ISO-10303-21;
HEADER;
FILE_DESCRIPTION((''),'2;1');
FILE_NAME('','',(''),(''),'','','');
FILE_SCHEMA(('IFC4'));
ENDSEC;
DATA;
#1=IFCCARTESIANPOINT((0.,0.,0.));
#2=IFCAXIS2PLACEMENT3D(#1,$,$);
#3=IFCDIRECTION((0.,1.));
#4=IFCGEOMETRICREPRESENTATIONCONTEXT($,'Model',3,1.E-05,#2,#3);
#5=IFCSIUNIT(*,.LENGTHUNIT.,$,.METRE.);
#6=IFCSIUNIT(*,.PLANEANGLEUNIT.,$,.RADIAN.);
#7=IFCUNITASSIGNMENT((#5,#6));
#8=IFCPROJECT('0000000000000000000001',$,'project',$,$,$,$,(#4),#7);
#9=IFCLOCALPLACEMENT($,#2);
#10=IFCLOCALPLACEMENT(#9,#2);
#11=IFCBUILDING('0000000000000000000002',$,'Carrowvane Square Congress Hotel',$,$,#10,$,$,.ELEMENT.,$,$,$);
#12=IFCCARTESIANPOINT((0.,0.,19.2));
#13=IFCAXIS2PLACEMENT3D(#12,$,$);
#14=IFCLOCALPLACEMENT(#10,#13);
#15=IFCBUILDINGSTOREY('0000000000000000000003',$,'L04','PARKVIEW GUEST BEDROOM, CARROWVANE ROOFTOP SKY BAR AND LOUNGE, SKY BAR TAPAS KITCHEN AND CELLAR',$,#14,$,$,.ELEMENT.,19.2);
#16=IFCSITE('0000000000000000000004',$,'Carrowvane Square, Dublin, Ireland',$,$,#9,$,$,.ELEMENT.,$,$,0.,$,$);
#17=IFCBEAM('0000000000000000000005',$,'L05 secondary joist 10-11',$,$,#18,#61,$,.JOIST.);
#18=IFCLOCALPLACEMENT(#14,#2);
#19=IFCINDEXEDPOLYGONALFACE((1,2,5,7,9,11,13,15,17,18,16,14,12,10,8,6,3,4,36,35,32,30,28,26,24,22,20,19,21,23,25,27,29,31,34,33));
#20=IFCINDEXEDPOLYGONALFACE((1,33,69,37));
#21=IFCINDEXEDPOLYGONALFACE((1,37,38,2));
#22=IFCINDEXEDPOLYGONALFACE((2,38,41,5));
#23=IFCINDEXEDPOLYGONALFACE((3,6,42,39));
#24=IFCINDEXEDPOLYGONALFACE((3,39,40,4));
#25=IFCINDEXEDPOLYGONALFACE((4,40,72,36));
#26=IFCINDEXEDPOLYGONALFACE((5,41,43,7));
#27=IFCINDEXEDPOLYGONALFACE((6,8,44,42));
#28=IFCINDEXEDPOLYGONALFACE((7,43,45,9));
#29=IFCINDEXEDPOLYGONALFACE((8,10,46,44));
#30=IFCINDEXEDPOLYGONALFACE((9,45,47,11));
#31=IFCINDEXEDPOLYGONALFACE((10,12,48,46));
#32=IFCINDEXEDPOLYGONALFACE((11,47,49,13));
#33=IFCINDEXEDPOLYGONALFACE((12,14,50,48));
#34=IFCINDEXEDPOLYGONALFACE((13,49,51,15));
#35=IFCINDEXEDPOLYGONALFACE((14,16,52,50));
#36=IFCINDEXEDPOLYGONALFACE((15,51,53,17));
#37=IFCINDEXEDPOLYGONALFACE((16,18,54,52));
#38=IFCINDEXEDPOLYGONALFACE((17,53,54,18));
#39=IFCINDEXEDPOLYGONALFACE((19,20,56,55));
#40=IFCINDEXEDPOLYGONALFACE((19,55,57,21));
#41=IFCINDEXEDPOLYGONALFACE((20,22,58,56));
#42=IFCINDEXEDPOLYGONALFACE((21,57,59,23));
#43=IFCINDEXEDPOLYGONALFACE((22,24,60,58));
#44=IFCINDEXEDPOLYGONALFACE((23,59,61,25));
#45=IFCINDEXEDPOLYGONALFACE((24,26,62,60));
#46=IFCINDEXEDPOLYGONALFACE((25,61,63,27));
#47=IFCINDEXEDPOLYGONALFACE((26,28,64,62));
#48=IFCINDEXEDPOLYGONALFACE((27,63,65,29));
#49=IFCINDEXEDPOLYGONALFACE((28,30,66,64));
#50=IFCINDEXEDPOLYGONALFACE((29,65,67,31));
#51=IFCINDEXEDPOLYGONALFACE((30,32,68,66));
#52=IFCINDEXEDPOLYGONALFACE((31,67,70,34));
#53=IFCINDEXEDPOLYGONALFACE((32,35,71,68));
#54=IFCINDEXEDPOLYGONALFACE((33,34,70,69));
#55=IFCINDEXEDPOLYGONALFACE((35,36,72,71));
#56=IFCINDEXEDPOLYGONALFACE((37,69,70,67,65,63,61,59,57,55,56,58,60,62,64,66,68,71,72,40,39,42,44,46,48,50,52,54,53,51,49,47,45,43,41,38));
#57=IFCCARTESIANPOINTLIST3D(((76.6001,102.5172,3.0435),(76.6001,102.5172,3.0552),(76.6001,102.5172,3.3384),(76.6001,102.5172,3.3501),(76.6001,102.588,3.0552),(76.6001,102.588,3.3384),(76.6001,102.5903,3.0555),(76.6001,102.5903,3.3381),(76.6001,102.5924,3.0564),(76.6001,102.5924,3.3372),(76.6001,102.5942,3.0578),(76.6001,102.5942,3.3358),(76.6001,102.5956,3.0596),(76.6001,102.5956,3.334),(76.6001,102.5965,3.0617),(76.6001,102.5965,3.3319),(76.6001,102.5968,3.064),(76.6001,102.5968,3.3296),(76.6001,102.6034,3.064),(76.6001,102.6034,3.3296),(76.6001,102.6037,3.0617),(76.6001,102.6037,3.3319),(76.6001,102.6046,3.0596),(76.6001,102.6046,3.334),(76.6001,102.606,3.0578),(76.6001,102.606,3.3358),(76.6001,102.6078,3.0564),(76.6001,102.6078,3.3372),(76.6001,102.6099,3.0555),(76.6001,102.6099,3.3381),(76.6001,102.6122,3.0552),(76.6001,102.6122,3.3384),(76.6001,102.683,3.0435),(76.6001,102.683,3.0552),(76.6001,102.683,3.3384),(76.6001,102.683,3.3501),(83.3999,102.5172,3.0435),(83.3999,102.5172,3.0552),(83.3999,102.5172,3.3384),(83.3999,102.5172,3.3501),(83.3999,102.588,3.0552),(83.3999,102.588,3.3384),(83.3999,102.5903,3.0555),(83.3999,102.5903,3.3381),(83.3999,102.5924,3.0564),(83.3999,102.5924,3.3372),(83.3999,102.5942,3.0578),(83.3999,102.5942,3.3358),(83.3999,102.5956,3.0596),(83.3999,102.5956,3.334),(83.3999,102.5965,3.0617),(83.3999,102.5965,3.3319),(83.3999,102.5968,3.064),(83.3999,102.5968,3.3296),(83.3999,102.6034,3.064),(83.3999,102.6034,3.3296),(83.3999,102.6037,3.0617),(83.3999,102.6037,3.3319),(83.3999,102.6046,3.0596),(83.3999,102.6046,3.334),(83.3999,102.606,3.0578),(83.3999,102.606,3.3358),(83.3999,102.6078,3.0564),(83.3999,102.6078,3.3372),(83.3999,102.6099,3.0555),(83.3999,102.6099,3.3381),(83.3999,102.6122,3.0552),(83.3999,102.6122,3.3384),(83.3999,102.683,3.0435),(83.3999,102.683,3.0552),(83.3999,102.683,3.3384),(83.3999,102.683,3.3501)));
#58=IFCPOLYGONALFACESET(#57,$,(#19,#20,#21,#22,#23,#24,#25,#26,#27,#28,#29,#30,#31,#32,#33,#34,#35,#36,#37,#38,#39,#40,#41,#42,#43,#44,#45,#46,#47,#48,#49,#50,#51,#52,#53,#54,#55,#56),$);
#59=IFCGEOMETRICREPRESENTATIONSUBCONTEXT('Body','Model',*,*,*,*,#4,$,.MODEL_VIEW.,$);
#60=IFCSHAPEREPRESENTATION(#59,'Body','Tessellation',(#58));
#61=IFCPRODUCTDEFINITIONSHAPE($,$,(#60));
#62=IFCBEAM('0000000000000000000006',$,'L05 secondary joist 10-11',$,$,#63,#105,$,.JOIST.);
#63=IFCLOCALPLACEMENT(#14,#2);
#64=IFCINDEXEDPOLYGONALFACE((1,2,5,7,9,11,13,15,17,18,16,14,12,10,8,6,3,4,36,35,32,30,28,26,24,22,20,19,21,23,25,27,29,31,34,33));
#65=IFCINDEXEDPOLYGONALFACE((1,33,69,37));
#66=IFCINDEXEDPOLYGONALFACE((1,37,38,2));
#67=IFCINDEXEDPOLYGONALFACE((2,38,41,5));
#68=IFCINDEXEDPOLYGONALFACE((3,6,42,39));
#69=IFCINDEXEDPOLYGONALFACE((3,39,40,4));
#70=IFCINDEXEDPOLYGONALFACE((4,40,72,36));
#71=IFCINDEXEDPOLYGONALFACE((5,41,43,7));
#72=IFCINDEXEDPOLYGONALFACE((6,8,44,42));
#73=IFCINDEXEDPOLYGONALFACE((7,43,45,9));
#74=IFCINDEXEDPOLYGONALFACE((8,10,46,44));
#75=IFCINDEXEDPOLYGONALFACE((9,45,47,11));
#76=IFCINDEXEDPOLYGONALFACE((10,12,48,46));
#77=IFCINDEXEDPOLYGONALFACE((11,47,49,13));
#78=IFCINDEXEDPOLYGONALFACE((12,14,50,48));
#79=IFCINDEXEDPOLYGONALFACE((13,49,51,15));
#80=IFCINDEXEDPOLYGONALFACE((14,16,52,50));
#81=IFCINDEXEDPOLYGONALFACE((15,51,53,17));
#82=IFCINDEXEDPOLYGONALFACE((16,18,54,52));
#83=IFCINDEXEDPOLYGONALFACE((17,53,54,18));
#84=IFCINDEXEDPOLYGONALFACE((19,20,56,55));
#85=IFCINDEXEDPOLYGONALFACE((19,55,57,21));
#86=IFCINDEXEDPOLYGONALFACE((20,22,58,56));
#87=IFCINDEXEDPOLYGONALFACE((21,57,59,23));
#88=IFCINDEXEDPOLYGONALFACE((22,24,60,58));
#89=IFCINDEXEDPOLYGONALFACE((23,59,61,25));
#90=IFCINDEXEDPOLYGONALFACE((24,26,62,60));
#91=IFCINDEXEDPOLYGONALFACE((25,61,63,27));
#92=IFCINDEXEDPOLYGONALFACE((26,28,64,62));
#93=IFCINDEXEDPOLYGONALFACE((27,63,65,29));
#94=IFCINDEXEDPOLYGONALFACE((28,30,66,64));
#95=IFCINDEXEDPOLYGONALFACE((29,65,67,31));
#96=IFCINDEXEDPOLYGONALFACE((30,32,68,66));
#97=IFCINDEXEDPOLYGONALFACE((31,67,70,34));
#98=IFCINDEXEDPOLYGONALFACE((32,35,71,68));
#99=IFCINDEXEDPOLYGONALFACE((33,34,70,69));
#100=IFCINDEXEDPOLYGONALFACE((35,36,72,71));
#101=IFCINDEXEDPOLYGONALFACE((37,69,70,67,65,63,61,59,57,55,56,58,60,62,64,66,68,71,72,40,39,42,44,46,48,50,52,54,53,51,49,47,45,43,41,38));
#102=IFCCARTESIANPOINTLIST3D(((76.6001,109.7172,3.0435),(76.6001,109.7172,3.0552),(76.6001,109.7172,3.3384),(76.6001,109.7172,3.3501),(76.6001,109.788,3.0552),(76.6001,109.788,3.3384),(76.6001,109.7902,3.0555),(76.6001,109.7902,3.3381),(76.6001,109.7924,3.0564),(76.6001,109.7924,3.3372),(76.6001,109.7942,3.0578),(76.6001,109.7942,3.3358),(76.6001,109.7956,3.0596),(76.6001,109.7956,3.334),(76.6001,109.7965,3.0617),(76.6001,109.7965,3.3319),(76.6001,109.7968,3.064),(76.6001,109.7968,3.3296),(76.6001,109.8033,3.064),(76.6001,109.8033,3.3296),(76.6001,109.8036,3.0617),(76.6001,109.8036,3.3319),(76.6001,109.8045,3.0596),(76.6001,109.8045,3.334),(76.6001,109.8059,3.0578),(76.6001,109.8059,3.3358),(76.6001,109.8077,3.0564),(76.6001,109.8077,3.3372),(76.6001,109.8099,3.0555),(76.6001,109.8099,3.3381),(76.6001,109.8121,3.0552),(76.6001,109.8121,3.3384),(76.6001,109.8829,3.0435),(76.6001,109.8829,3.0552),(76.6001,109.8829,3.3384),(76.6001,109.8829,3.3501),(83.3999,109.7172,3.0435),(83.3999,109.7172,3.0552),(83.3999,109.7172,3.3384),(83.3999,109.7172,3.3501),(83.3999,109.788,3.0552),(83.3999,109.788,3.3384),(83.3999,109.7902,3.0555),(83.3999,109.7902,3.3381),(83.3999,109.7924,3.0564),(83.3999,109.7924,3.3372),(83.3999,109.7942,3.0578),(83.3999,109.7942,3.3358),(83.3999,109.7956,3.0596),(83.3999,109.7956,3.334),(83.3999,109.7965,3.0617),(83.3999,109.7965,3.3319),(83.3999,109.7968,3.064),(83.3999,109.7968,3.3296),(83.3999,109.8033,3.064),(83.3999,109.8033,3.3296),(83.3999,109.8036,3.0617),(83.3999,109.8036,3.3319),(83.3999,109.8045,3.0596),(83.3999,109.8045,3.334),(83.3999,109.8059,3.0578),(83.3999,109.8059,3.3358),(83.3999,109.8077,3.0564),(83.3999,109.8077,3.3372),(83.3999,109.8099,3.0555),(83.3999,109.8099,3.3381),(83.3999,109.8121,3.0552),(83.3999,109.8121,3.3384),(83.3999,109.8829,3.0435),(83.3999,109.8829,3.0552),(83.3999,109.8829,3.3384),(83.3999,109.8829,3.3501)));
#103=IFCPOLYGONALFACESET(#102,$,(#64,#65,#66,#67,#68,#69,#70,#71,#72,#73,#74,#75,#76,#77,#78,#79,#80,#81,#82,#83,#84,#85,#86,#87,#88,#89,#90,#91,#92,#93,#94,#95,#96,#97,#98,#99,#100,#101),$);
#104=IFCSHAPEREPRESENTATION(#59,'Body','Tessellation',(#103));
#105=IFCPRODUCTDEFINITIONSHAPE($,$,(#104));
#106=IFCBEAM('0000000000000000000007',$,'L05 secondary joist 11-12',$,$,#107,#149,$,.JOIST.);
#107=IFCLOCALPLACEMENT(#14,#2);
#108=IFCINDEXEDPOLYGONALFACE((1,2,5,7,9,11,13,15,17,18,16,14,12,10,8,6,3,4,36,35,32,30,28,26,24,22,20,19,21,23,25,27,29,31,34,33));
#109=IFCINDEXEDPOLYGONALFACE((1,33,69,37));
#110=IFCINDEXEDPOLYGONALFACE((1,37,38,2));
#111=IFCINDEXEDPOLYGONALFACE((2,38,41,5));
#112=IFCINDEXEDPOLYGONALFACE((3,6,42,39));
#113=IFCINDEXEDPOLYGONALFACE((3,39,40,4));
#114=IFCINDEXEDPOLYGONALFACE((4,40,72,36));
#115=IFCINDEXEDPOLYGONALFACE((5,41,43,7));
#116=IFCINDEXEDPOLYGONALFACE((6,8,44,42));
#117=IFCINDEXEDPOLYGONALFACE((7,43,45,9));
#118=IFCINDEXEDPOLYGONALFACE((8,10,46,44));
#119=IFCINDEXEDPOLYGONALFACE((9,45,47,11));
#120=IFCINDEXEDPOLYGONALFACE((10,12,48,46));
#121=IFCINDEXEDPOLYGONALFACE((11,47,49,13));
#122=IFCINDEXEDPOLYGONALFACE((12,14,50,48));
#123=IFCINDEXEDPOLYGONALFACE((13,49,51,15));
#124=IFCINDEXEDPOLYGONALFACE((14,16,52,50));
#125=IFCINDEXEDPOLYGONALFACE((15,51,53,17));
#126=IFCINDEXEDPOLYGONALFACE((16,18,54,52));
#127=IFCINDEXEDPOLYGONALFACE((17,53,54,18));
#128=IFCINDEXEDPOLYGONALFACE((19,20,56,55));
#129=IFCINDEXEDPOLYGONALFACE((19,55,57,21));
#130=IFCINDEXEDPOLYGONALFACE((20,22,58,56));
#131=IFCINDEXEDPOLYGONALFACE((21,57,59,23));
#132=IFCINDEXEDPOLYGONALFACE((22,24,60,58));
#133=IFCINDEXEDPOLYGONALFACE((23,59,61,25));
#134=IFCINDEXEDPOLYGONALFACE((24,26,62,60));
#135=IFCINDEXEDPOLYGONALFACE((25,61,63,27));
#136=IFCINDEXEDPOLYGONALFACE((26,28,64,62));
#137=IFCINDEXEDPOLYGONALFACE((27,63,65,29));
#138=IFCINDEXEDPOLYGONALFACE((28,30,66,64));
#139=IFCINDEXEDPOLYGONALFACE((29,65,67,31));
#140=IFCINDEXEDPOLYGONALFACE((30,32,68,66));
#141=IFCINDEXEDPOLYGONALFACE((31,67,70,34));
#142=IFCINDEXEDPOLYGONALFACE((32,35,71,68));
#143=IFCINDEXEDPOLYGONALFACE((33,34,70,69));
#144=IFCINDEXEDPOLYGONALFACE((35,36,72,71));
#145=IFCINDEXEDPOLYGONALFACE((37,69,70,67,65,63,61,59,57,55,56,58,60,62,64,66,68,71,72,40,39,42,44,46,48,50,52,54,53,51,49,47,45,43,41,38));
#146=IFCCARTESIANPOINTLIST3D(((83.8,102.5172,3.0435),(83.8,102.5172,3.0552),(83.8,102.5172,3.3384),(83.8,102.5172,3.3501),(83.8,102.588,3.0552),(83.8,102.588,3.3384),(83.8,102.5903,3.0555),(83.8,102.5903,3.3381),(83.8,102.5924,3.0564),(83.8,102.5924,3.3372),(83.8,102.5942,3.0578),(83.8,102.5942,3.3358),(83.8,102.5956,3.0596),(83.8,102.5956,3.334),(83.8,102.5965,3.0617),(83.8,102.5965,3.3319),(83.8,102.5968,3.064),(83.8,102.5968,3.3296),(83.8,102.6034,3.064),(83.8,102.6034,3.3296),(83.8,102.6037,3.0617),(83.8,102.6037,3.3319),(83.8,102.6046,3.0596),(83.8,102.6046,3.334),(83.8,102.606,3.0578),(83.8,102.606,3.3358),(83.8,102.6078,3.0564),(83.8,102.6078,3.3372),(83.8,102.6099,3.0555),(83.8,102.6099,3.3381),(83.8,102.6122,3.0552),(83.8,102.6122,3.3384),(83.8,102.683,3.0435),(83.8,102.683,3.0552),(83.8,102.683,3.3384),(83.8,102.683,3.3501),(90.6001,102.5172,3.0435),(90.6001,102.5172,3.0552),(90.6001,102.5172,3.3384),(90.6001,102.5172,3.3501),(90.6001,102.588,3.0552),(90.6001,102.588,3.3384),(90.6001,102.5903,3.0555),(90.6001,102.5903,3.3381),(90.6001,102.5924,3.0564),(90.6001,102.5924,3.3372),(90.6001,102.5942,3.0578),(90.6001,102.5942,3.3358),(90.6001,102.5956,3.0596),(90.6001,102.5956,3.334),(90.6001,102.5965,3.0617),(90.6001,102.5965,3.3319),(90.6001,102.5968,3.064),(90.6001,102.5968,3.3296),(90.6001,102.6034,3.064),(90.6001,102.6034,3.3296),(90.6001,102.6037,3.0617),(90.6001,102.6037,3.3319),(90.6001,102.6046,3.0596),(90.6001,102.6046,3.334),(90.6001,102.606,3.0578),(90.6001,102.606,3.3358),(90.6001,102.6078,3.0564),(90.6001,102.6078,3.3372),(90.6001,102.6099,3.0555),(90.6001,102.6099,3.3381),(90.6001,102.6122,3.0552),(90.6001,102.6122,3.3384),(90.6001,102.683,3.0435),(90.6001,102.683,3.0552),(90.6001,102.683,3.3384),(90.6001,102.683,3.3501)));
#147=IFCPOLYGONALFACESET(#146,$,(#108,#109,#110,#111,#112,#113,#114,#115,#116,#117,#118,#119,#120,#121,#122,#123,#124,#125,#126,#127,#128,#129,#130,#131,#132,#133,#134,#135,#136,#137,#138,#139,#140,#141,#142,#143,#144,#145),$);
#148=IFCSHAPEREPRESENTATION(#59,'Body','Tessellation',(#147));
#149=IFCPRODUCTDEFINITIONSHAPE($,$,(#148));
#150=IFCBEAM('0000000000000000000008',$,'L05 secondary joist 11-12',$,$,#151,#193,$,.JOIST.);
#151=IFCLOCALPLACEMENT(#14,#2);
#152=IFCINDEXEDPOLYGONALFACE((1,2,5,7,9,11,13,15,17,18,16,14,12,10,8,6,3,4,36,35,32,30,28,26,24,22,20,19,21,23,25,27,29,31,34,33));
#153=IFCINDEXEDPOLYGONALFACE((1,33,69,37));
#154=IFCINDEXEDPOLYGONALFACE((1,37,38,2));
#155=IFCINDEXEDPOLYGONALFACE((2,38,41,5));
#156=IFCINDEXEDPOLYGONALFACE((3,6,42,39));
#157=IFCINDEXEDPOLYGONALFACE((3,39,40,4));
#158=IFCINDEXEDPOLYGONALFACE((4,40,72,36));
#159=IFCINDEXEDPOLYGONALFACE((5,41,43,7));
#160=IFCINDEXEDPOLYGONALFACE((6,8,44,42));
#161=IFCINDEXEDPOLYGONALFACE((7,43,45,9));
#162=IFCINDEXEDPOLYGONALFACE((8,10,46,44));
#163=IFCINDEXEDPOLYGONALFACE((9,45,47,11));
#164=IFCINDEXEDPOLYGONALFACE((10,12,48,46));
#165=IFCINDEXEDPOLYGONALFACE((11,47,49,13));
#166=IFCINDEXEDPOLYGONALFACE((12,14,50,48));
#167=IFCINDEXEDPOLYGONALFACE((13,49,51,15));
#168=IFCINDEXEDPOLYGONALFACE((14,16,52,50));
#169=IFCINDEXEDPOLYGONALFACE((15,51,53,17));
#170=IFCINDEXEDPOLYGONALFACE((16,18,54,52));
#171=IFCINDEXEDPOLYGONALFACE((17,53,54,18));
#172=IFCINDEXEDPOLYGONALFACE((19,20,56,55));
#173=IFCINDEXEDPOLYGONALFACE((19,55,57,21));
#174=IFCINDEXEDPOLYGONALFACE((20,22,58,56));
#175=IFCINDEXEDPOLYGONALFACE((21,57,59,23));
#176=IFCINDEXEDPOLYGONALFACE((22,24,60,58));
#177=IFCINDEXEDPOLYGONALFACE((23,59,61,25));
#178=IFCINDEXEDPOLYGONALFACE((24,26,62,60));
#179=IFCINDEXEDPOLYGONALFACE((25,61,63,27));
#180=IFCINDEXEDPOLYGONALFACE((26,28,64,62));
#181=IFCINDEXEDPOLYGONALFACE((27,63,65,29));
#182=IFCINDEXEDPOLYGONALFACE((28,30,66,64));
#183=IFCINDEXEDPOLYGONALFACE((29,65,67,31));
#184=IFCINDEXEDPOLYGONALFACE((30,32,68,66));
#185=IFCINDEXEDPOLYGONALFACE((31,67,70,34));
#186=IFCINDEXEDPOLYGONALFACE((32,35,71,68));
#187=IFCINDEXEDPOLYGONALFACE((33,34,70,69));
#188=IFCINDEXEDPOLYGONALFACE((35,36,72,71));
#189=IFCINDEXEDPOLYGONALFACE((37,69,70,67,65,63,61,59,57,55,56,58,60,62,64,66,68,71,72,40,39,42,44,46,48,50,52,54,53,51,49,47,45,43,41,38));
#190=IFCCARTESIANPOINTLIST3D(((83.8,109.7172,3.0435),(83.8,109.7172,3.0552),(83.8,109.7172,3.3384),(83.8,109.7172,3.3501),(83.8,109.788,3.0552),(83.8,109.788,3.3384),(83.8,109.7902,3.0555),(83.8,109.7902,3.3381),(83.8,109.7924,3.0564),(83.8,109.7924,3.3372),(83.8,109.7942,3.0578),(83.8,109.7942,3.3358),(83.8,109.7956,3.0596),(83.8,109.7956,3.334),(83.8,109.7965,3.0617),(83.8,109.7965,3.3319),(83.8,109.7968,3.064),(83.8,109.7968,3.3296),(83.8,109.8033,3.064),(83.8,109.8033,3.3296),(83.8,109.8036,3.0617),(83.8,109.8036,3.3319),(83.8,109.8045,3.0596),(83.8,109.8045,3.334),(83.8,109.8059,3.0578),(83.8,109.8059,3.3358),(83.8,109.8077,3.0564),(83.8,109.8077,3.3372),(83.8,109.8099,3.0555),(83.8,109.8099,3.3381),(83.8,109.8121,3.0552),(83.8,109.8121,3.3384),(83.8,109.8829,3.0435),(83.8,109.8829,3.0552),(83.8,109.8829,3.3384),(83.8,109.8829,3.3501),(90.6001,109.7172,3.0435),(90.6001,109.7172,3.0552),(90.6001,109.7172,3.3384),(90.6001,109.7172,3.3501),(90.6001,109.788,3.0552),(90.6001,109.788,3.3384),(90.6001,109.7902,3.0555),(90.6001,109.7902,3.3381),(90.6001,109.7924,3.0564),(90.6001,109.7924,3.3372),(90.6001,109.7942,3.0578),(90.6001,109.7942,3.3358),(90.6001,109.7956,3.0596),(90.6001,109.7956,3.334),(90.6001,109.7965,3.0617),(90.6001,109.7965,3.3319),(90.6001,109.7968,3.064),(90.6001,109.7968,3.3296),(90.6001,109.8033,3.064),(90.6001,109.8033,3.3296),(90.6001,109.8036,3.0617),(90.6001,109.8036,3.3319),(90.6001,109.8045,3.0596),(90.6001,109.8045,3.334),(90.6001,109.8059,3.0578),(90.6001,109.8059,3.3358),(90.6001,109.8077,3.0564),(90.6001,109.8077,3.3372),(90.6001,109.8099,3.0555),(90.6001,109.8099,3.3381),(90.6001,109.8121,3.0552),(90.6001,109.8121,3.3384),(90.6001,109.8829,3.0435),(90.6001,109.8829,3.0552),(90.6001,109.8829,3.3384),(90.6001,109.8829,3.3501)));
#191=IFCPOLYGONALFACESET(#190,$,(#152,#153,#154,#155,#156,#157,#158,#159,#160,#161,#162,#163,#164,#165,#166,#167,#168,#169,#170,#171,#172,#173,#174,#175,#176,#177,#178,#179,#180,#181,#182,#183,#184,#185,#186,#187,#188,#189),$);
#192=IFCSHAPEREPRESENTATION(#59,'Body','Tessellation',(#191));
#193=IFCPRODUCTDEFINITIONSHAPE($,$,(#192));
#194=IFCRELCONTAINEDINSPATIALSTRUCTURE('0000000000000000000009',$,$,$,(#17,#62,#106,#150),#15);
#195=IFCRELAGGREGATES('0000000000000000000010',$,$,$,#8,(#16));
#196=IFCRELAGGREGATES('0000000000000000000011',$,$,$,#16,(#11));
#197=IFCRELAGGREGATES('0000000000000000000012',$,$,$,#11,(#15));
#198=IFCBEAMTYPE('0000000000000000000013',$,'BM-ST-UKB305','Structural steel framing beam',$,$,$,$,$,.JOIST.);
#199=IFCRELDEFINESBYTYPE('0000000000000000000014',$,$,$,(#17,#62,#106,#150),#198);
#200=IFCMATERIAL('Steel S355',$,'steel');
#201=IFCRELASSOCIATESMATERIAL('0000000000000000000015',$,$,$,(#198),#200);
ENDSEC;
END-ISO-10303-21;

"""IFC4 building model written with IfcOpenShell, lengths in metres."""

from ifc_helpers import new_model, si_unit, direction, frame, origin, origin_2d, place, context, subcontext, project, spatial, i_section, extrude, material, material_profile, profile_set, type_object, element, save


model = new_model("IFC4")

# Units and contexts
model_context = context("Model", 3, precision=1e-05, world=origin(), true_north=direction((0.0, 1.0)))
body_context = subcontext(model_context, "Body", "Model", "MODEL_VIEW")
ifc_project = project(units=[si_unit("LENGTHUNIT", "METRE"), si_unit("PLANEANGLEUNIT", "RADIAN")], contexts=[model_context])

# Site, building, storey
site_placement = place(None, origin())
site = spatial("IfcSite", under=ifc_project, at=site_placement, Name="Carrowvane Square, Dublin, Ireland", CompositionType="ELEMENT", RefElevation=0.0)
building_placement = place(site_placement, origin())
building = spatial("IfcBuilding", under=site, at=building_placement, Name="Carrowvane Square Congress Hotel", CompositionType="ELEMENT")
storey_placement = place(building_placement, frame((0.0, 0.0, 19.2)))
storey = spatial("IfcBuildingStorey", under=building, at=storey_placement, Name="L04", Description="PARKVIEW GUEST BEDROOM, CARROWVANE ROOFTOP SKY BAR AND LOUNGE, SKY BAR TAPAS KITCHEN AND CELLAR", CompositionType="ELEMENT", Elevation=19.2)

# Beams
ifc_material_1 = material(Name="Steel S355", Category="steel")
ifc_material_profile_1 = material_profile(ifc_material_1, i_section(OverallWidth=0.1658, OverallDepth=0.3066, WebThickness=0.0066, FlangeThickness=0.0117, FilletRadius=0.0088, at=origin_2d()), Name="UKB 305x165x46")
ifc_profile_set_1 = profile_set([ifc_material_profile_1], Name="Steel S355")
beam_type_1 = type_object("IfcBeamType", Name="BM-ST-UKB305", Description="Structural steel framing beam", PredefinedType="JOIST", material=ifc_profile_set_1)
for number, where, z_axis, x_axis, name in (
    (1, (76.6001, 102.6001, 3.1968), (1.0, 0.0, 0.0), (0.0, 1.0, 0.0), "L05 secondary joist 10-11"),
    (2, (76.6001, 109.8, 3.1968), (1.0, 0.0, 0.0), (0.0, 1.0, 0.0), "L05 secondary joist 10-11"),
):
    element("IfcBeam", number, at=place(storey_placement, frame(where, z_axis=z_axis, x_axis=x_axis)), inside=storey, type_object=beam_type_1, Name=name, PredefinedType="JOIST", context=body_context, shape_type="SweptSolid", body=[
        extrude(i_section(OverallWidth=0.1658, OverallDepth=0.3066, WebThickness=0.0066, FlangeThickness=0.0117, FilletRadius=0.0088, at=origin_2d()), origin(), (0.0, 0.0, 1.0), 6.7998),
    ])
for number, where, z_axis, x_axis, name in (
    (3, (83.8, 102.6001, 3.1968), (1.0, 0.0, 0.0), (0.0, 1.0, 0.0), "L05 secondary joist 11-12"),
    (4, (83.8, 109.8, 3.1968), (1.0, 0.0, 0.0), (0.0, 1.0, 0.0), "L05 secondary joist 11-12"),
):
    element("IfcBeam", number, at=place(storey_placement, frame(where, z_axis=z_axis, x_axis=x_axis)), inside=storey, type_object=beam_type_1, Name=name, PredefinedType="JOIST", context=body_context, shape_type="SweptSolid", body=[
        extrude(i_section(OverallWidth=0.1658, OverallDepth=0.3066, WebThickness=0.0066, FlangeThickness=0.0117, FilletRadius=0.0088, at=origin_2d()), origin(), (0.0, 0.0, 1.0), 6.8),
    ])

save(model, "model.ifc")
